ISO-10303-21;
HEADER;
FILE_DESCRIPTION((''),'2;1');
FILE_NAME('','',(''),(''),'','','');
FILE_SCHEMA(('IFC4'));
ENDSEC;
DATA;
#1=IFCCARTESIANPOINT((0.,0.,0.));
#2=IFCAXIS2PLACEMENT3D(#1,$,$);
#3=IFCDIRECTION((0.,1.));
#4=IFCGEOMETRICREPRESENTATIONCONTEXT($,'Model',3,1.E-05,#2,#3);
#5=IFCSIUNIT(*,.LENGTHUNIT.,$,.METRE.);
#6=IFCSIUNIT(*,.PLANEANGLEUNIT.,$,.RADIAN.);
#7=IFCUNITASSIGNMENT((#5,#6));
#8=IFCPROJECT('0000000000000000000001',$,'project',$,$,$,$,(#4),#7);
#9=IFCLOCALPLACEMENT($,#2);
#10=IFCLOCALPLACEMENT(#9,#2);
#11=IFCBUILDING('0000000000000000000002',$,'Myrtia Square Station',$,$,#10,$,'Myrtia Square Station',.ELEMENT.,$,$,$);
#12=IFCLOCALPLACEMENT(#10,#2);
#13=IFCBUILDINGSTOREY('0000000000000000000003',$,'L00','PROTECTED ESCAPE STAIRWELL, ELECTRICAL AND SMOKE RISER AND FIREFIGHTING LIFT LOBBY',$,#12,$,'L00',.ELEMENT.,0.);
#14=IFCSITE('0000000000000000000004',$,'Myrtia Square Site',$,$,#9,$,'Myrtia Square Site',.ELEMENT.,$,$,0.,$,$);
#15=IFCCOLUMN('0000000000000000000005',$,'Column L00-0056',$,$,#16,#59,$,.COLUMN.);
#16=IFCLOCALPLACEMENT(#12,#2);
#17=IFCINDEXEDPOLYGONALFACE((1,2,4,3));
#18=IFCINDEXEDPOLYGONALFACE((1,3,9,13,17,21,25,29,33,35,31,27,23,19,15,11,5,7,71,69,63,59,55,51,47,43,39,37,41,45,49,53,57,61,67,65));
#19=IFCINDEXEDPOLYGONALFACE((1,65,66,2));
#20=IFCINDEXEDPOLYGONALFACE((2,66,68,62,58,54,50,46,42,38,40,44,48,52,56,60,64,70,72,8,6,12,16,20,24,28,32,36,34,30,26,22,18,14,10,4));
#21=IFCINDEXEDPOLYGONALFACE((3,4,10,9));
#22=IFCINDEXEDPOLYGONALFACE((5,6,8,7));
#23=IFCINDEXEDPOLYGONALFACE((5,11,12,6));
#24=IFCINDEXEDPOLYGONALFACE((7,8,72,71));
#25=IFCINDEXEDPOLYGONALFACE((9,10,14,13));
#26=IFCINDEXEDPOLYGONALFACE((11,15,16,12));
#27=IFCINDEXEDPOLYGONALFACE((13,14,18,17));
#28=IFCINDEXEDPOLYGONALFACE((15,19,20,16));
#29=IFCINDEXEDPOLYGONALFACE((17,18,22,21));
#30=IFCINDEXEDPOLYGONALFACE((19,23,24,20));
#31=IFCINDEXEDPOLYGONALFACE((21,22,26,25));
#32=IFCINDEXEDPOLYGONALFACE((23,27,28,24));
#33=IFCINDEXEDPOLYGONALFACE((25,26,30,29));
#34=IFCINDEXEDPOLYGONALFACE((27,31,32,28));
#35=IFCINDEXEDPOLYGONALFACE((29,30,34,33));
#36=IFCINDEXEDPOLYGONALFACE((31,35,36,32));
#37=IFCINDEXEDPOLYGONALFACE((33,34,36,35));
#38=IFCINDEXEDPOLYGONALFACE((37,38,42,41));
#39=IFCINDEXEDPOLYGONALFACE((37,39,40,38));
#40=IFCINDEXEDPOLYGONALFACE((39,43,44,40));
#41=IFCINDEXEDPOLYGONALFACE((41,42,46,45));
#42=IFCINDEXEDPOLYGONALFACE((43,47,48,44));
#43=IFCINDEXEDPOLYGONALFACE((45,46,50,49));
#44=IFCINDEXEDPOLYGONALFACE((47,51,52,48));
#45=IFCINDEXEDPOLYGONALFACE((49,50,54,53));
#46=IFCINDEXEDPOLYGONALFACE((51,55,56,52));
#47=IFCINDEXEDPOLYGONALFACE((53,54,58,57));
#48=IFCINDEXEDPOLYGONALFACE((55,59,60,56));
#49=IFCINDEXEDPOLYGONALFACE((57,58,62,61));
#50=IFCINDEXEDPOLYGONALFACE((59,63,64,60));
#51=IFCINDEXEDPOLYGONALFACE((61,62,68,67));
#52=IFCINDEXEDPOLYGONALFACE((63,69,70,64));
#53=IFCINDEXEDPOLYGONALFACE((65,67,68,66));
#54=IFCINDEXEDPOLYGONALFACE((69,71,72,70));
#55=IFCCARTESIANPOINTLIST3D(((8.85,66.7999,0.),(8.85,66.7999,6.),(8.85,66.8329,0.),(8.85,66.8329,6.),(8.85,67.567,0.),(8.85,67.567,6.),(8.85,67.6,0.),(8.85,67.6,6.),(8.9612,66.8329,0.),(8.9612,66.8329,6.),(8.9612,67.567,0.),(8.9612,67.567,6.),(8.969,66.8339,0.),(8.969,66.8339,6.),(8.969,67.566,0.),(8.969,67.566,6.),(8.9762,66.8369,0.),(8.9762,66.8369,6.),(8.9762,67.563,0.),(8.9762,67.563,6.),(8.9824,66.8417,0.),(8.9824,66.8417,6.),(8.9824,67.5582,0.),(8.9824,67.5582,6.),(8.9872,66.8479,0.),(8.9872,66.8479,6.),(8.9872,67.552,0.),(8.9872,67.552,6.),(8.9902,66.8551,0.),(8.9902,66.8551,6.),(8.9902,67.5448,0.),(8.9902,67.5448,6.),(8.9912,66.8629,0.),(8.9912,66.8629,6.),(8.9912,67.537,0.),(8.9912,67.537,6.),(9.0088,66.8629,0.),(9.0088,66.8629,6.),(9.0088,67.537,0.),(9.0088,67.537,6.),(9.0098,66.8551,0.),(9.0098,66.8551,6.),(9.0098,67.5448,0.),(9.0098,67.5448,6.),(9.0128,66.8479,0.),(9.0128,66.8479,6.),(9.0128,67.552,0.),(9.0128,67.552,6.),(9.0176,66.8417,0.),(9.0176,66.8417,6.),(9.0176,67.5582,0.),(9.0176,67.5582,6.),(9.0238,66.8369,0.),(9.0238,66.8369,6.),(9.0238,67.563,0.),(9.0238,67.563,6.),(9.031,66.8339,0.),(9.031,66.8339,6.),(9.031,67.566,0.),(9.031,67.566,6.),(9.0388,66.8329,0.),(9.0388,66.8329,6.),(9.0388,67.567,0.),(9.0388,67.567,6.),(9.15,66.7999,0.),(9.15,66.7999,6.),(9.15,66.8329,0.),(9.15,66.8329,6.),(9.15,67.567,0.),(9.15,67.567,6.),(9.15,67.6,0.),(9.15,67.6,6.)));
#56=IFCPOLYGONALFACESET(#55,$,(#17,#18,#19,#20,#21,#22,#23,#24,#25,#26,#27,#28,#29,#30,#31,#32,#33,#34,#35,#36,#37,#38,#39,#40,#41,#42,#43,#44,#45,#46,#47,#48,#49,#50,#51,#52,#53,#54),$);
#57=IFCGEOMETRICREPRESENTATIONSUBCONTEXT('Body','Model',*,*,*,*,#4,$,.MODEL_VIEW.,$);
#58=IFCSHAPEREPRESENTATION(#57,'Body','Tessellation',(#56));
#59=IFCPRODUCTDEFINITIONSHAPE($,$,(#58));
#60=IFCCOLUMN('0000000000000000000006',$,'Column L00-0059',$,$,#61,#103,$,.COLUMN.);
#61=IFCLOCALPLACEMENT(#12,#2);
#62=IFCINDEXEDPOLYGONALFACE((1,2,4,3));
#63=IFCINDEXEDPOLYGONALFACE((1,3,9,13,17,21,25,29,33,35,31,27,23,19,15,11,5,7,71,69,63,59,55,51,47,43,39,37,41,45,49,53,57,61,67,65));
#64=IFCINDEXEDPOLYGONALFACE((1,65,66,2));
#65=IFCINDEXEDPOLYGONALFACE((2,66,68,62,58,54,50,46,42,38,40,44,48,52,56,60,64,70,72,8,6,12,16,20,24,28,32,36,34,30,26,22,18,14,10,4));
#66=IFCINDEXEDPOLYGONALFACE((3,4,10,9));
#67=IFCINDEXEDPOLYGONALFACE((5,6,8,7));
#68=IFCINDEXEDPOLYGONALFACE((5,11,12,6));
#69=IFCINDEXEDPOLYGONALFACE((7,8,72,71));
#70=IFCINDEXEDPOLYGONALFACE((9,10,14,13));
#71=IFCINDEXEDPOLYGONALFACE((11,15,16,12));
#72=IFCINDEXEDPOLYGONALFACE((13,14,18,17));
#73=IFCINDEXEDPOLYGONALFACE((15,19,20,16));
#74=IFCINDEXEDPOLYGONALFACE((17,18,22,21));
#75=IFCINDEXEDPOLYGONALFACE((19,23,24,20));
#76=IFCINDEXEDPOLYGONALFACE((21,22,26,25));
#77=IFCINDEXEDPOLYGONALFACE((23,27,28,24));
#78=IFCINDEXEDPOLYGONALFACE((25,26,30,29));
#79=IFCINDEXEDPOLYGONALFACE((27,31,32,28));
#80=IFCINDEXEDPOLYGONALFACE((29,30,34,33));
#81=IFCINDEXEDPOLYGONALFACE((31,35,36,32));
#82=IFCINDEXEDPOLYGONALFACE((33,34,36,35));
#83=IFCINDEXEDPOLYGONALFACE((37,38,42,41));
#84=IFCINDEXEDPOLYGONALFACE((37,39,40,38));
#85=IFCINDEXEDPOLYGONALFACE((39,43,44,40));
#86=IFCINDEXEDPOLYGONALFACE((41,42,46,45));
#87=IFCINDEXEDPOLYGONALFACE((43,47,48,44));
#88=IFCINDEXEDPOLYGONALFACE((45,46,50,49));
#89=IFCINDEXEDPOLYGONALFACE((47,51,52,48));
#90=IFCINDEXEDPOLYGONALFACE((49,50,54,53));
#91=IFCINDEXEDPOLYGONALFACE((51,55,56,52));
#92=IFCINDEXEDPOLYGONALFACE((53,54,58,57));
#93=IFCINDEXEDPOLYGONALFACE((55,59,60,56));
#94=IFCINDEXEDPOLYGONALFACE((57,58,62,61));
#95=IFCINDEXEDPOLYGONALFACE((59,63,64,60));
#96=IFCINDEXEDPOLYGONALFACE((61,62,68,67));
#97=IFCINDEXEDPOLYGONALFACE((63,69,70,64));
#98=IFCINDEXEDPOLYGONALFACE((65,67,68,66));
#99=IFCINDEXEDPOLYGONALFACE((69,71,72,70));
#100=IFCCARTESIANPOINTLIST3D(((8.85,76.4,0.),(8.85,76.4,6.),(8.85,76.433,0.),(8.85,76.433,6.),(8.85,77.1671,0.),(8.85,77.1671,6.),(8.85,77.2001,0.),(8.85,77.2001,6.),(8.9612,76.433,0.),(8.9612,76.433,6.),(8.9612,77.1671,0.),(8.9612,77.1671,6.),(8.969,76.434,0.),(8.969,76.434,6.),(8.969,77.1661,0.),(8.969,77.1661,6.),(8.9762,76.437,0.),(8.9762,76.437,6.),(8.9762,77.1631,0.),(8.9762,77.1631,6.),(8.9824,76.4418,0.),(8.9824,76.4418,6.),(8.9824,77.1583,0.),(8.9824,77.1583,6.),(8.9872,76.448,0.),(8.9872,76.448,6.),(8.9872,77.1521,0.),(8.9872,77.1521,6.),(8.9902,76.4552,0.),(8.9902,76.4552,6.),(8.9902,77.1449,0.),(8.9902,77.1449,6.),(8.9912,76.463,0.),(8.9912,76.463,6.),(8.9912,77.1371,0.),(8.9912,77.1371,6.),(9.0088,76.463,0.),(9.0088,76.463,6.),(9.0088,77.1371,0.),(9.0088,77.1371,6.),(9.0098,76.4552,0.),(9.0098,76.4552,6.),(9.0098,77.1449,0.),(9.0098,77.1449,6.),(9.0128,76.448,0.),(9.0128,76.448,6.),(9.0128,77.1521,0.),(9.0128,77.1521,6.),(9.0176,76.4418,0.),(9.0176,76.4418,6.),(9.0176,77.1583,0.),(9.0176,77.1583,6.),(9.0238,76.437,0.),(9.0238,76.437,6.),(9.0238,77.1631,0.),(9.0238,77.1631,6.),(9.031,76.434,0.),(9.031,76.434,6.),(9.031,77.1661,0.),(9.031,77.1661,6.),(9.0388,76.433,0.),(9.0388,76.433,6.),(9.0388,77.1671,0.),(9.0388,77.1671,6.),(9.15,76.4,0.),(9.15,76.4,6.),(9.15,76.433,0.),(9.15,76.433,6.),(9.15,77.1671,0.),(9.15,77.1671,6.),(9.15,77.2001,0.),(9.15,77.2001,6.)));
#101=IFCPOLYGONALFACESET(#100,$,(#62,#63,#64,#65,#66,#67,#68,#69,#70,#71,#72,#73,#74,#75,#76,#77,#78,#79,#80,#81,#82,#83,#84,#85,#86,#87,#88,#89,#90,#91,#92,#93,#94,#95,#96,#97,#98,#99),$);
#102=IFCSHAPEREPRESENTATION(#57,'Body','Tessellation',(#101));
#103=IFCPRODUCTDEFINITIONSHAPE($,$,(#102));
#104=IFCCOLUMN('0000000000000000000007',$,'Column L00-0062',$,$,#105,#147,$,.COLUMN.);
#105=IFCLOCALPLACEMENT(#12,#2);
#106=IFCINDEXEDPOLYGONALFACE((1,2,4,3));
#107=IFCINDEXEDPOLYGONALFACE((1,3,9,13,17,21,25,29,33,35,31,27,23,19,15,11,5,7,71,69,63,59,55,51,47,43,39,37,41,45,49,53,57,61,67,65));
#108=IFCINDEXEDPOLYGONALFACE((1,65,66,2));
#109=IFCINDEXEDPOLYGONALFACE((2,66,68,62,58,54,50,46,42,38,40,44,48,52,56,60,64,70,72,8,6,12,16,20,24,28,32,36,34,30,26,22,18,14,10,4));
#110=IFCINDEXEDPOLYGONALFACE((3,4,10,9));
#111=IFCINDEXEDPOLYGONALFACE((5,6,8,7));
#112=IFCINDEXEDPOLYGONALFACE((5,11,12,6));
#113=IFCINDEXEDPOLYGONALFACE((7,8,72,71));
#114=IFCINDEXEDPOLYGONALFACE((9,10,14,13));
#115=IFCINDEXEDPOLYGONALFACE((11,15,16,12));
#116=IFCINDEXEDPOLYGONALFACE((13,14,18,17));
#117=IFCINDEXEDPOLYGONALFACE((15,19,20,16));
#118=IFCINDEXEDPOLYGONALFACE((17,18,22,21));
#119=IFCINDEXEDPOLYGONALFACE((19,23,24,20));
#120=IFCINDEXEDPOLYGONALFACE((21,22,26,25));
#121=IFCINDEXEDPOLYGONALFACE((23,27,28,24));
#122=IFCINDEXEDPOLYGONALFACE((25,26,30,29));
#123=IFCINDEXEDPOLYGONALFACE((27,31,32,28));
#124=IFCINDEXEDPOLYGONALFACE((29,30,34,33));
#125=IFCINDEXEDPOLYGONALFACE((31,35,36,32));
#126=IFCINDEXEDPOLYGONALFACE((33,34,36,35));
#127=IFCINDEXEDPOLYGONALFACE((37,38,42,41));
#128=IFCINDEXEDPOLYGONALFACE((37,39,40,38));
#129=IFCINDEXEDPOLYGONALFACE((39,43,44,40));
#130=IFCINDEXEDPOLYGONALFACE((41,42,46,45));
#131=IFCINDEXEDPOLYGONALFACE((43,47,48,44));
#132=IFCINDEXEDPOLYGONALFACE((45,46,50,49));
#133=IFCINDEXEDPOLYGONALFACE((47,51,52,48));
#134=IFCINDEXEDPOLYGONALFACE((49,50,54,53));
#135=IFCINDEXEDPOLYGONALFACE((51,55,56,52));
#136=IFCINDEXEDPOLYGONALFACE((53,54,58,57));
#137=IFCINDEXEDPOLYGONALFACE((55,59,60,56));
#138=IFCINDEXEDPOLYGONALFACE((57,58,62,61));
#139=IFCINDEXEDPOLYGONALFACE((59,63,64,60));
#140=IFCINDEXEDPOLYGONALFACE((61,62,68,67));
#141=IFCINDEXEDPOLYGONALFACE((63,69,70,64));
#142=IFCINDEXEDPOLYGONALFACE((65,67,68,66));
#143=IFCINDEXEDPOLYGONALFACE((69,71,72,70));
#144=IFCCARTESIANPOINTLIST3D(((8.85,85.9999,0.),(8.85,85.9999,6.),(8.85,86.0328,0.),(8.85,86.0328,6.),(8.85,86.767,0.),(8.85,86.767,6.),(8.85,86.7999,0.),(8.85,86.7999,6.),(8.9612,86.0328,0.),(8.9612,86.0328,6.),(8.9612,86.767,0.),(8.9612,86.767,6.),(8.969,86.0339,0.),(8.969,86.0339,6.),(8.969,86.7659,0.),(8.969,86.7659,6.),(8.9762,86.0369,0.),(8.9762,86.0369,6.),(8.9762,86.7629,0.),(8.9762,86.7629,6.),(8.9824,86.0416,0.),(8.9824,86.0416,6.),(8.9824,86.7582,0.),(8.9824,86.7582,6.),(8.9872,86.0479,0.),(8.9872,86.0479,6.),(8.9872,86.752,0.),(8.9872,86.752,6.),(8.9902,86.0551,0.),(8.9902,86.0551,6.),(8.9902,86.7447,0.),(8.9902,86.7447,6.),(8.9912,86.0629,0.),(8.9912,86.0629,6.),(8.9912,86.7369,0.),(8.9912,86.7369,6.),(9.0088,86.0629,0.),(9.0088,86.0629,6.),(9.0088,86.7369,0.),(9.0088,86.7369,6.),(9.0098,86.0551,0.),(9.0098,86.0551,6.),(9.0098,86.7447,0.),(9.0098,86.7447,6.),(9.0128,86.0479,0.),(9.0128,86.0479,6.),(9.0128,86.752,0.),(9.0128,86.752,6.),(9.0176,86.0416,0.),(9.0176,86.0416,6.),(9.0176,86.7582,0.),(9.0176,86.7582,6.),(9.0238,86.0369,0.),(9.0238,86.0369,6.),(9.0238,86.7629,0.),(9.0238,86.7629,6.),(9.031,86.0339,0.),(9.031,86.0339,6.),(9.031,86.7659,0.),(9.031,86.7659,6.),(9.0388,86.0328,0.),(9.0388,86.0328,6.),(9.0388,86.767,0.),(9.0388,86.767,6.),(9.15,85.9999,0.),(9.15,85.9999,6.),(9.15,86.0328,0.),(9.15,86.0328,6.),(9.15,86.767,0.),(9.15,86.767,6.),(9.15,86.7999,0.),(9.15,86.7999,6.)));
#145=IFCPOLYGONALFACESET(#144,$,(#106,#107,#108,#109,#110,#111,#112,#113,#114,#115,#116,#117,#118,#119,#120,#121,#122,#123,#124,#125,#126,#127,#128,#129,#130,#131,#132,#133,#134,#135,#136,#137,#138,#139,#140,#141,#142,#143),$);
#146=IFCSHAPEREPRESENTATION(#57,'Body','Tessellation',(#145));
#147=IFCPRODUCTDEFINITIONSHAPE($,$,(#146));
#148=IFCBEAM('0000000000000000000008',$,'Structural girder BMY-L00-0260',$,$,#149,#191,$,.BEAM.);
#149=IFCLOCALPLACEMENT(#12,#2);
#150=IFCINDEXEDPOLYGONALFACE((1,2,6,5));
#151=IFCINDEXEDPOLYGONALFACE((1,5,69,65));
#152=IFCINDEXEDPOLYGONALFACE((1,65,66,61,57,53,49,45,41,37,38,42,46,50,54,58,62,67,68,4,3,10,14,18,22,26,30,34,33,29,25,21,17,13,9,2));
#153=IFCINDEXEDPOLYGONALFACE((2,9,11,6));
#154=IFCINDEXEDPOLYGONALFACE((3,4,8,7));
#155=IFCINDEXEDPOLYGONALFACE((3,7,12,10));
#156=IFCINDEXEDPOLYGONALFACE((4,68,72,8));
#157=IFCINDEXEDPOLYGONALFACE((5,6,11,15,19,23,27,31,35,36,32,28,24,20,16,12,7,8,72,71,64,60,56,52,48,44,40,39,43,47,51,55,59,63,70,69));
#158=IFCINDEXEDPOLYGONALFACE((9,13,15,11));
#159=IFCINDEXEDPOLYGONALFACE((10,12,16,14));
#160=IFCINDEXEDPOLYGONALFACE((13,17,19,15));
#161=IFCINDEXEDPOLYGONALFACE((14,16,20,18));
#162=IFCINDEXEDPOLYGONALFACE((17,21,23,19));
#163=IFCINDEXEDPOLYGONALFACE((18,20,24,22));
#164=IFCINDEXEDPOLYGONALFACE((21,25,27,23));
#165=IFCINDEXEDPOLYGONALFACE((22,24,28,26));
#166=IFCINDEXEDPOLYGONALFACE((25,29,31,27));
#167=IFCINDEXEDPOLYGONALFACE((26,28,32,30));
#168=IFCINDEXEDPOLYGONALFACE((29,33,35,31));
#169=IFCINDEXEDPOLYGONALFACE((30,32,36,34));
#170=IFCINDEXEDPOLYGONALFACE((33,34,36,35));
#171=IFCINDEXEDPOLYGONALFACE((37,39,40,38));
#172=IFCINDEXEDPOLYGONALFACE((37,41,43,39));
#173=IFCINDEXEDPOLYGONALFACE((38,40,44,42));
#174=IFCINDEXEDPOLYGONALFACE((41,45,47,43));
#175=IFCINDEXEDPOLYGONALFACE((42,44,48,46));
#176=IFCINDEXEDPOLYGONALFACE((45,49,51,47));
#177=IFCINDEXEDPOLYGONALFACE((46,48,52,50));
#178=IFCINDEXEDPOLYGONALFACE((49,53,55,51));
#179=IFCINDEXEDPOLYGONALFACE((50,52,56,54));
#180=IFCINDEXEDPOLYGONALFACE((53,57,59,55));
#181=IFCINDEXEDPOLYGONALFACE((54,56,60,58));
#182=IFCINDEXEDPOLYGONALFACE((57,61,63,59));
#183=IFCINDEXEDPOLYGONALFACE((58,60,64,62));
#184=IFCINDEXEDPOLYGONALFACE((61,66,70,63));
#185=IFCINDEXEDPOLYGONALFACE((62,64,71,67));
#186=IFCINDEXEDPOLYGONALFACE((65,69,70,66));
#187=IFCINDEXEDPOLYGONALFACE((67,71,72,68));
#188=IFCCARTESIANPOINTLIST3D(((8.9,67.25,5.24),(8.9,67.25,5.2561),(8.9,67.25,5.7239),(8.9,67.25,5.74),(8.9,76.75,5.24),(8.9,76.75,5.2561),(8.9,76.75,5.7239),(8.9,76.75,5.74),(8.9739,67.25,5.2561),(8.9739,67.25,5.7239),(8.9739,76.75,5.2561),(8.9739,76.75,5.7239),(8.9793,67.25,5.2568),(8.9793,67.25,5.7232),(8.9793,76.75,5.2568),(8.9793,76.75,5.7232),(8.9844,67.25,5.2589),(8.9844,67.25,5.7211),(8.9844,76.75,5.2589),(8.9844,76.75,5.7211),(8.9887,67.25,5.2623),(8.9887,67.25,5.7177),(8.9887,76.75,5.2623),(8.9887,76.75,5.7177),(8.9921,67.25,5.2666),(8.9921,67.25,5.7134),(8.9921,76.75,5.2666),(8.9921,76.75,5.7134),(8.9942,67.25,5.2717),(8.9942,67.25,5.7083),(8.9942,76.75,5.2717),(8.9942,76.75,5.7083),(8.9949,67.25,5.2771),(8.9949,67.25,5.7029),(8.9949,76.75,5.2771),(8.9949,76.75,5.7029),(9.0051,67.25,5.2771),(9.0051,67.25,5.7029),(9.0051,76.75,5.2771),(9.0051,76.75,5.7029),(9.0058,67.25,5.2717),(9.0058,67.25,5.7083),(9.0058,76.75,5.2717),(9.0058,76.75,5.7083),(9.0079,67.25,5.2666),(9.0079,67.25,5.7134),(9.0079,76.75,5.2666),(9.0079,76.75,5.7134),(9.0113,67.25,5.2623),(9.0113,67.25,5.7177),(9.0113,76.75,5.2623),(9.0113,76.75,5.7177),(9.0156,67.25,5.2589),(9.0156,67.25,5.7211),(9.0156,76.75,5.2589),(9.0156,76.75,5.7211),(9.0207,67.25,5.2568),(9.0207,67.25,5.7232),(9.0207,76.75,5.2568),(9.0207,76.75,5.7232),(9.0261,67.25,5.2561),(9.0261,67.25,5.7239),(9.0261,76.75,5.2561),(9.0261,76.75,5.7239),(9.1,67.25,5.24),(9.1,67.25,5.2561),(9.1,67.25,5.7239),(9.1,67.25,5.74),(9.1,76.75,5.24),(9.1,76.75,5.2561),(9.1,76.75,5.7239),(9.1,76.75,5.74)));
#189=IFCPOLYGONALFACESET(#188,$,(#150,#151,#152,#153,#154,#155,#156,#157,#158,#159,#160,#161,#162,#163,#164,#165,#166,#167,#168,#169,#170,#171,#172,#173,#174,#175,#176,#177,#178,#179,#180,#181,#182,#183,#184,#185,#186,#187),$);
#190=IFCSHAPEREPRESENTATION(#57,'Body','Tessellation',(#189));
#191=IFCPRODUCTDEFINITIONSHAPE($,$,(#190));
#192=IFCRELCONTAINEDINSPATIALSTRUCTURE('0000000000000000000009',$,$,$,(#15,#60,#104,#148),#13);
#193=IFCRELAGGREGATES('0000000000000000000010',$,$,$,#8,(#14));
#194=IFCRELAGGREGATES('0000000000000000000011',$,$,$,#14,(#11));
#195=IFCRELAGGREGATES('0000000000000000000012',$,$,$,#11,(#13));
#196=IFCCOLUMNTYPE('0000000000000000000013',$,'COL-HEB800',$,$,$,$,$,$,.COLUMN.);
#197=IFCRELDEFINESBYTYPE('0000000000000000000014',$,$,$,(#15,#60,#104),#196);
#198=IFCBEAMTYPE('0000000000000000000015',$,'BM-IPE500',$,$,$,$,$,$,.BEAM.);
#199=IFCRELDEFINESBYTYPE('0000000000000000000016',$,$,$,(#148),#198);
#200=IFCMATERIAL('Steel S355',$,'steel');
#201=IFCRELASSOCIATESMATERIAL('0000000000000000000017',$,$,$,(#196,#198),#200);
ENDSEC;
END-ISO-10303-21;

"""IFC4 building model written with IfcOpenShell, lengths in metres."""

from ifc_helpers import new_model, si_unit, direction, frame, origin, origin_2d, place, context, subcontext, project, spatial, i_section, extrude, material, material_profile, profile_set, type_object, element, save


model = new_model("IFC4")

# Units and contexts
model_context = context("Model", 3, precision=1e-05, world=origin(), true_north=direction((0.0, 1.0)))
body_context = subcontext(model_context, "Body", "Model", "MODEL_VIEW")
ifc_project = project(units=[si_unit("LENGTHUNIT", "METRE"), si_unit("PLANEANGLEUNIT", "RADIAN")], contexts=[model_context])

# Site, building, storey
site_placement = place(None, origin())
site = spatial("IfcSite", under=ifc_project, at=site_placement, Name="Myrtia Square Site", LongName="Myrtia Square Site", CompositionType="ELEMENT", RefElevation=0.0)
building_placement = place(site_placement, origin())
building = spatial("IfcBuilding", under=site, at=building_placement, Name="Myrtia Square Station", LongName="Myrtia Square Station", CompositionType="ELEMENT")
storey_placement = place(building_placement, origin())
storey = spatial("IfcBuildingStorey", under=building, at=storey_placement, Name="L00", Description="PROTECTED ESCAPE STAIRWELL, ELECTRICAL AND SMOKE RISER AND FIREFIGHTING LIFT LOBBY", LongName="L00", CompositionType="ELEMENT", Elevation=0.0)

# Columns
ifc_material_1 = material(Name="Steel S355", Category="steel")
ifc_material_profile_1 = material_profile(ifc_material_1, i_section(OverallWidth=0.3, OverallDepth=0.8, WebThickness=0.0176, FlangeThickness=0.033, FilletRadius=0.03, at=origin_2d()), Name="HEB 800")
ifc_profile_set_1 = profile_set([ifc_material_profile_1], Name="Steel S355")
column_type_1 = type_object("IfcColumnType", Name="COL-HEB800", PredefinedType="COLUMN", material=ifc_profile_set_1)
for number, where, z_axis, x_axis, name in (
    (1, (9.0, 67.2, 0.0), (0.0, 0.0, 1.0), (1.0, 0.0, 0.0), "Column L00-0056"),
    (2, (9.0, 76.8, 0.0), (0.0, 0.0, 1.0), (1.0, 0.0, 0.0), "Column L00-0059"),
    (3, (9.0, 86.3999, 0.0), (0.0, 0.0, 1.0), (1.0, 0.0, 0.0), "Column L00-0062"),
):
    element("IfcColumn", number, at=place(storey_placement, frame(where, z_axis=z_axis, x_axis=x_axis)), inside=storey, type_object=column_type_1, Name=name, PredefinedType="COLUMN", context=body_context, shape_type="SweptSolid", body=[
        extrude(i_section(OverallWidth=0.3, OverallDepth=0.8, WebThickness=0.0176, FlangeThickness=0.033, FilletRadius=0.03, at=origin_2d()), origin(), (0.0, 0.0, 1.0), 6.0),
    ])

# Beam
ifc_material_profile_2 = material_profile(ifc_material_1, i_section(OverallWidth=0.2, OverallDepth=0.5, WebThickness=0.0103, FlangeThickness=0.0161, FilletRadius=0.021, at=origin_2d()), Name="IPE 500")
ifc_profile_set_2 = profile_set([ifc_material_profile_2], Name="Steel S355")
beam_type = type_object("IfcBeamType", Name="BM-IPE500", PredefinedType="BEAM", material=ifc_profile_set_2)
for number, where, z_axis, x_axis, name in (
    (4, (9.0, 67.25, 5.49), (0.0, 1.0, 0.0), (-1.0, 0.0, 0.0), "Structural girder BMY-L00-0260"),
):
    element("IfcBeam", number, at=place(storey_placement, frame(where, z_axis=z_axis, x_axis=x_axis)), inside=storey, type_object=beam_type, Name=name, PredefinedType="BEAM", context=body_context, shape_type="SweptSolid", body=[
        extrude(i_section(OverallWidth=0.2, OverallDepth=0.5, WebThickness=0.0103, FlangeThickness=0.0161, FilletRadius=0.021, at=origin_2d()), origin(), (0.0, 0.0, 1.0), 9.5),
    ])

save(model, "model.ifc")
